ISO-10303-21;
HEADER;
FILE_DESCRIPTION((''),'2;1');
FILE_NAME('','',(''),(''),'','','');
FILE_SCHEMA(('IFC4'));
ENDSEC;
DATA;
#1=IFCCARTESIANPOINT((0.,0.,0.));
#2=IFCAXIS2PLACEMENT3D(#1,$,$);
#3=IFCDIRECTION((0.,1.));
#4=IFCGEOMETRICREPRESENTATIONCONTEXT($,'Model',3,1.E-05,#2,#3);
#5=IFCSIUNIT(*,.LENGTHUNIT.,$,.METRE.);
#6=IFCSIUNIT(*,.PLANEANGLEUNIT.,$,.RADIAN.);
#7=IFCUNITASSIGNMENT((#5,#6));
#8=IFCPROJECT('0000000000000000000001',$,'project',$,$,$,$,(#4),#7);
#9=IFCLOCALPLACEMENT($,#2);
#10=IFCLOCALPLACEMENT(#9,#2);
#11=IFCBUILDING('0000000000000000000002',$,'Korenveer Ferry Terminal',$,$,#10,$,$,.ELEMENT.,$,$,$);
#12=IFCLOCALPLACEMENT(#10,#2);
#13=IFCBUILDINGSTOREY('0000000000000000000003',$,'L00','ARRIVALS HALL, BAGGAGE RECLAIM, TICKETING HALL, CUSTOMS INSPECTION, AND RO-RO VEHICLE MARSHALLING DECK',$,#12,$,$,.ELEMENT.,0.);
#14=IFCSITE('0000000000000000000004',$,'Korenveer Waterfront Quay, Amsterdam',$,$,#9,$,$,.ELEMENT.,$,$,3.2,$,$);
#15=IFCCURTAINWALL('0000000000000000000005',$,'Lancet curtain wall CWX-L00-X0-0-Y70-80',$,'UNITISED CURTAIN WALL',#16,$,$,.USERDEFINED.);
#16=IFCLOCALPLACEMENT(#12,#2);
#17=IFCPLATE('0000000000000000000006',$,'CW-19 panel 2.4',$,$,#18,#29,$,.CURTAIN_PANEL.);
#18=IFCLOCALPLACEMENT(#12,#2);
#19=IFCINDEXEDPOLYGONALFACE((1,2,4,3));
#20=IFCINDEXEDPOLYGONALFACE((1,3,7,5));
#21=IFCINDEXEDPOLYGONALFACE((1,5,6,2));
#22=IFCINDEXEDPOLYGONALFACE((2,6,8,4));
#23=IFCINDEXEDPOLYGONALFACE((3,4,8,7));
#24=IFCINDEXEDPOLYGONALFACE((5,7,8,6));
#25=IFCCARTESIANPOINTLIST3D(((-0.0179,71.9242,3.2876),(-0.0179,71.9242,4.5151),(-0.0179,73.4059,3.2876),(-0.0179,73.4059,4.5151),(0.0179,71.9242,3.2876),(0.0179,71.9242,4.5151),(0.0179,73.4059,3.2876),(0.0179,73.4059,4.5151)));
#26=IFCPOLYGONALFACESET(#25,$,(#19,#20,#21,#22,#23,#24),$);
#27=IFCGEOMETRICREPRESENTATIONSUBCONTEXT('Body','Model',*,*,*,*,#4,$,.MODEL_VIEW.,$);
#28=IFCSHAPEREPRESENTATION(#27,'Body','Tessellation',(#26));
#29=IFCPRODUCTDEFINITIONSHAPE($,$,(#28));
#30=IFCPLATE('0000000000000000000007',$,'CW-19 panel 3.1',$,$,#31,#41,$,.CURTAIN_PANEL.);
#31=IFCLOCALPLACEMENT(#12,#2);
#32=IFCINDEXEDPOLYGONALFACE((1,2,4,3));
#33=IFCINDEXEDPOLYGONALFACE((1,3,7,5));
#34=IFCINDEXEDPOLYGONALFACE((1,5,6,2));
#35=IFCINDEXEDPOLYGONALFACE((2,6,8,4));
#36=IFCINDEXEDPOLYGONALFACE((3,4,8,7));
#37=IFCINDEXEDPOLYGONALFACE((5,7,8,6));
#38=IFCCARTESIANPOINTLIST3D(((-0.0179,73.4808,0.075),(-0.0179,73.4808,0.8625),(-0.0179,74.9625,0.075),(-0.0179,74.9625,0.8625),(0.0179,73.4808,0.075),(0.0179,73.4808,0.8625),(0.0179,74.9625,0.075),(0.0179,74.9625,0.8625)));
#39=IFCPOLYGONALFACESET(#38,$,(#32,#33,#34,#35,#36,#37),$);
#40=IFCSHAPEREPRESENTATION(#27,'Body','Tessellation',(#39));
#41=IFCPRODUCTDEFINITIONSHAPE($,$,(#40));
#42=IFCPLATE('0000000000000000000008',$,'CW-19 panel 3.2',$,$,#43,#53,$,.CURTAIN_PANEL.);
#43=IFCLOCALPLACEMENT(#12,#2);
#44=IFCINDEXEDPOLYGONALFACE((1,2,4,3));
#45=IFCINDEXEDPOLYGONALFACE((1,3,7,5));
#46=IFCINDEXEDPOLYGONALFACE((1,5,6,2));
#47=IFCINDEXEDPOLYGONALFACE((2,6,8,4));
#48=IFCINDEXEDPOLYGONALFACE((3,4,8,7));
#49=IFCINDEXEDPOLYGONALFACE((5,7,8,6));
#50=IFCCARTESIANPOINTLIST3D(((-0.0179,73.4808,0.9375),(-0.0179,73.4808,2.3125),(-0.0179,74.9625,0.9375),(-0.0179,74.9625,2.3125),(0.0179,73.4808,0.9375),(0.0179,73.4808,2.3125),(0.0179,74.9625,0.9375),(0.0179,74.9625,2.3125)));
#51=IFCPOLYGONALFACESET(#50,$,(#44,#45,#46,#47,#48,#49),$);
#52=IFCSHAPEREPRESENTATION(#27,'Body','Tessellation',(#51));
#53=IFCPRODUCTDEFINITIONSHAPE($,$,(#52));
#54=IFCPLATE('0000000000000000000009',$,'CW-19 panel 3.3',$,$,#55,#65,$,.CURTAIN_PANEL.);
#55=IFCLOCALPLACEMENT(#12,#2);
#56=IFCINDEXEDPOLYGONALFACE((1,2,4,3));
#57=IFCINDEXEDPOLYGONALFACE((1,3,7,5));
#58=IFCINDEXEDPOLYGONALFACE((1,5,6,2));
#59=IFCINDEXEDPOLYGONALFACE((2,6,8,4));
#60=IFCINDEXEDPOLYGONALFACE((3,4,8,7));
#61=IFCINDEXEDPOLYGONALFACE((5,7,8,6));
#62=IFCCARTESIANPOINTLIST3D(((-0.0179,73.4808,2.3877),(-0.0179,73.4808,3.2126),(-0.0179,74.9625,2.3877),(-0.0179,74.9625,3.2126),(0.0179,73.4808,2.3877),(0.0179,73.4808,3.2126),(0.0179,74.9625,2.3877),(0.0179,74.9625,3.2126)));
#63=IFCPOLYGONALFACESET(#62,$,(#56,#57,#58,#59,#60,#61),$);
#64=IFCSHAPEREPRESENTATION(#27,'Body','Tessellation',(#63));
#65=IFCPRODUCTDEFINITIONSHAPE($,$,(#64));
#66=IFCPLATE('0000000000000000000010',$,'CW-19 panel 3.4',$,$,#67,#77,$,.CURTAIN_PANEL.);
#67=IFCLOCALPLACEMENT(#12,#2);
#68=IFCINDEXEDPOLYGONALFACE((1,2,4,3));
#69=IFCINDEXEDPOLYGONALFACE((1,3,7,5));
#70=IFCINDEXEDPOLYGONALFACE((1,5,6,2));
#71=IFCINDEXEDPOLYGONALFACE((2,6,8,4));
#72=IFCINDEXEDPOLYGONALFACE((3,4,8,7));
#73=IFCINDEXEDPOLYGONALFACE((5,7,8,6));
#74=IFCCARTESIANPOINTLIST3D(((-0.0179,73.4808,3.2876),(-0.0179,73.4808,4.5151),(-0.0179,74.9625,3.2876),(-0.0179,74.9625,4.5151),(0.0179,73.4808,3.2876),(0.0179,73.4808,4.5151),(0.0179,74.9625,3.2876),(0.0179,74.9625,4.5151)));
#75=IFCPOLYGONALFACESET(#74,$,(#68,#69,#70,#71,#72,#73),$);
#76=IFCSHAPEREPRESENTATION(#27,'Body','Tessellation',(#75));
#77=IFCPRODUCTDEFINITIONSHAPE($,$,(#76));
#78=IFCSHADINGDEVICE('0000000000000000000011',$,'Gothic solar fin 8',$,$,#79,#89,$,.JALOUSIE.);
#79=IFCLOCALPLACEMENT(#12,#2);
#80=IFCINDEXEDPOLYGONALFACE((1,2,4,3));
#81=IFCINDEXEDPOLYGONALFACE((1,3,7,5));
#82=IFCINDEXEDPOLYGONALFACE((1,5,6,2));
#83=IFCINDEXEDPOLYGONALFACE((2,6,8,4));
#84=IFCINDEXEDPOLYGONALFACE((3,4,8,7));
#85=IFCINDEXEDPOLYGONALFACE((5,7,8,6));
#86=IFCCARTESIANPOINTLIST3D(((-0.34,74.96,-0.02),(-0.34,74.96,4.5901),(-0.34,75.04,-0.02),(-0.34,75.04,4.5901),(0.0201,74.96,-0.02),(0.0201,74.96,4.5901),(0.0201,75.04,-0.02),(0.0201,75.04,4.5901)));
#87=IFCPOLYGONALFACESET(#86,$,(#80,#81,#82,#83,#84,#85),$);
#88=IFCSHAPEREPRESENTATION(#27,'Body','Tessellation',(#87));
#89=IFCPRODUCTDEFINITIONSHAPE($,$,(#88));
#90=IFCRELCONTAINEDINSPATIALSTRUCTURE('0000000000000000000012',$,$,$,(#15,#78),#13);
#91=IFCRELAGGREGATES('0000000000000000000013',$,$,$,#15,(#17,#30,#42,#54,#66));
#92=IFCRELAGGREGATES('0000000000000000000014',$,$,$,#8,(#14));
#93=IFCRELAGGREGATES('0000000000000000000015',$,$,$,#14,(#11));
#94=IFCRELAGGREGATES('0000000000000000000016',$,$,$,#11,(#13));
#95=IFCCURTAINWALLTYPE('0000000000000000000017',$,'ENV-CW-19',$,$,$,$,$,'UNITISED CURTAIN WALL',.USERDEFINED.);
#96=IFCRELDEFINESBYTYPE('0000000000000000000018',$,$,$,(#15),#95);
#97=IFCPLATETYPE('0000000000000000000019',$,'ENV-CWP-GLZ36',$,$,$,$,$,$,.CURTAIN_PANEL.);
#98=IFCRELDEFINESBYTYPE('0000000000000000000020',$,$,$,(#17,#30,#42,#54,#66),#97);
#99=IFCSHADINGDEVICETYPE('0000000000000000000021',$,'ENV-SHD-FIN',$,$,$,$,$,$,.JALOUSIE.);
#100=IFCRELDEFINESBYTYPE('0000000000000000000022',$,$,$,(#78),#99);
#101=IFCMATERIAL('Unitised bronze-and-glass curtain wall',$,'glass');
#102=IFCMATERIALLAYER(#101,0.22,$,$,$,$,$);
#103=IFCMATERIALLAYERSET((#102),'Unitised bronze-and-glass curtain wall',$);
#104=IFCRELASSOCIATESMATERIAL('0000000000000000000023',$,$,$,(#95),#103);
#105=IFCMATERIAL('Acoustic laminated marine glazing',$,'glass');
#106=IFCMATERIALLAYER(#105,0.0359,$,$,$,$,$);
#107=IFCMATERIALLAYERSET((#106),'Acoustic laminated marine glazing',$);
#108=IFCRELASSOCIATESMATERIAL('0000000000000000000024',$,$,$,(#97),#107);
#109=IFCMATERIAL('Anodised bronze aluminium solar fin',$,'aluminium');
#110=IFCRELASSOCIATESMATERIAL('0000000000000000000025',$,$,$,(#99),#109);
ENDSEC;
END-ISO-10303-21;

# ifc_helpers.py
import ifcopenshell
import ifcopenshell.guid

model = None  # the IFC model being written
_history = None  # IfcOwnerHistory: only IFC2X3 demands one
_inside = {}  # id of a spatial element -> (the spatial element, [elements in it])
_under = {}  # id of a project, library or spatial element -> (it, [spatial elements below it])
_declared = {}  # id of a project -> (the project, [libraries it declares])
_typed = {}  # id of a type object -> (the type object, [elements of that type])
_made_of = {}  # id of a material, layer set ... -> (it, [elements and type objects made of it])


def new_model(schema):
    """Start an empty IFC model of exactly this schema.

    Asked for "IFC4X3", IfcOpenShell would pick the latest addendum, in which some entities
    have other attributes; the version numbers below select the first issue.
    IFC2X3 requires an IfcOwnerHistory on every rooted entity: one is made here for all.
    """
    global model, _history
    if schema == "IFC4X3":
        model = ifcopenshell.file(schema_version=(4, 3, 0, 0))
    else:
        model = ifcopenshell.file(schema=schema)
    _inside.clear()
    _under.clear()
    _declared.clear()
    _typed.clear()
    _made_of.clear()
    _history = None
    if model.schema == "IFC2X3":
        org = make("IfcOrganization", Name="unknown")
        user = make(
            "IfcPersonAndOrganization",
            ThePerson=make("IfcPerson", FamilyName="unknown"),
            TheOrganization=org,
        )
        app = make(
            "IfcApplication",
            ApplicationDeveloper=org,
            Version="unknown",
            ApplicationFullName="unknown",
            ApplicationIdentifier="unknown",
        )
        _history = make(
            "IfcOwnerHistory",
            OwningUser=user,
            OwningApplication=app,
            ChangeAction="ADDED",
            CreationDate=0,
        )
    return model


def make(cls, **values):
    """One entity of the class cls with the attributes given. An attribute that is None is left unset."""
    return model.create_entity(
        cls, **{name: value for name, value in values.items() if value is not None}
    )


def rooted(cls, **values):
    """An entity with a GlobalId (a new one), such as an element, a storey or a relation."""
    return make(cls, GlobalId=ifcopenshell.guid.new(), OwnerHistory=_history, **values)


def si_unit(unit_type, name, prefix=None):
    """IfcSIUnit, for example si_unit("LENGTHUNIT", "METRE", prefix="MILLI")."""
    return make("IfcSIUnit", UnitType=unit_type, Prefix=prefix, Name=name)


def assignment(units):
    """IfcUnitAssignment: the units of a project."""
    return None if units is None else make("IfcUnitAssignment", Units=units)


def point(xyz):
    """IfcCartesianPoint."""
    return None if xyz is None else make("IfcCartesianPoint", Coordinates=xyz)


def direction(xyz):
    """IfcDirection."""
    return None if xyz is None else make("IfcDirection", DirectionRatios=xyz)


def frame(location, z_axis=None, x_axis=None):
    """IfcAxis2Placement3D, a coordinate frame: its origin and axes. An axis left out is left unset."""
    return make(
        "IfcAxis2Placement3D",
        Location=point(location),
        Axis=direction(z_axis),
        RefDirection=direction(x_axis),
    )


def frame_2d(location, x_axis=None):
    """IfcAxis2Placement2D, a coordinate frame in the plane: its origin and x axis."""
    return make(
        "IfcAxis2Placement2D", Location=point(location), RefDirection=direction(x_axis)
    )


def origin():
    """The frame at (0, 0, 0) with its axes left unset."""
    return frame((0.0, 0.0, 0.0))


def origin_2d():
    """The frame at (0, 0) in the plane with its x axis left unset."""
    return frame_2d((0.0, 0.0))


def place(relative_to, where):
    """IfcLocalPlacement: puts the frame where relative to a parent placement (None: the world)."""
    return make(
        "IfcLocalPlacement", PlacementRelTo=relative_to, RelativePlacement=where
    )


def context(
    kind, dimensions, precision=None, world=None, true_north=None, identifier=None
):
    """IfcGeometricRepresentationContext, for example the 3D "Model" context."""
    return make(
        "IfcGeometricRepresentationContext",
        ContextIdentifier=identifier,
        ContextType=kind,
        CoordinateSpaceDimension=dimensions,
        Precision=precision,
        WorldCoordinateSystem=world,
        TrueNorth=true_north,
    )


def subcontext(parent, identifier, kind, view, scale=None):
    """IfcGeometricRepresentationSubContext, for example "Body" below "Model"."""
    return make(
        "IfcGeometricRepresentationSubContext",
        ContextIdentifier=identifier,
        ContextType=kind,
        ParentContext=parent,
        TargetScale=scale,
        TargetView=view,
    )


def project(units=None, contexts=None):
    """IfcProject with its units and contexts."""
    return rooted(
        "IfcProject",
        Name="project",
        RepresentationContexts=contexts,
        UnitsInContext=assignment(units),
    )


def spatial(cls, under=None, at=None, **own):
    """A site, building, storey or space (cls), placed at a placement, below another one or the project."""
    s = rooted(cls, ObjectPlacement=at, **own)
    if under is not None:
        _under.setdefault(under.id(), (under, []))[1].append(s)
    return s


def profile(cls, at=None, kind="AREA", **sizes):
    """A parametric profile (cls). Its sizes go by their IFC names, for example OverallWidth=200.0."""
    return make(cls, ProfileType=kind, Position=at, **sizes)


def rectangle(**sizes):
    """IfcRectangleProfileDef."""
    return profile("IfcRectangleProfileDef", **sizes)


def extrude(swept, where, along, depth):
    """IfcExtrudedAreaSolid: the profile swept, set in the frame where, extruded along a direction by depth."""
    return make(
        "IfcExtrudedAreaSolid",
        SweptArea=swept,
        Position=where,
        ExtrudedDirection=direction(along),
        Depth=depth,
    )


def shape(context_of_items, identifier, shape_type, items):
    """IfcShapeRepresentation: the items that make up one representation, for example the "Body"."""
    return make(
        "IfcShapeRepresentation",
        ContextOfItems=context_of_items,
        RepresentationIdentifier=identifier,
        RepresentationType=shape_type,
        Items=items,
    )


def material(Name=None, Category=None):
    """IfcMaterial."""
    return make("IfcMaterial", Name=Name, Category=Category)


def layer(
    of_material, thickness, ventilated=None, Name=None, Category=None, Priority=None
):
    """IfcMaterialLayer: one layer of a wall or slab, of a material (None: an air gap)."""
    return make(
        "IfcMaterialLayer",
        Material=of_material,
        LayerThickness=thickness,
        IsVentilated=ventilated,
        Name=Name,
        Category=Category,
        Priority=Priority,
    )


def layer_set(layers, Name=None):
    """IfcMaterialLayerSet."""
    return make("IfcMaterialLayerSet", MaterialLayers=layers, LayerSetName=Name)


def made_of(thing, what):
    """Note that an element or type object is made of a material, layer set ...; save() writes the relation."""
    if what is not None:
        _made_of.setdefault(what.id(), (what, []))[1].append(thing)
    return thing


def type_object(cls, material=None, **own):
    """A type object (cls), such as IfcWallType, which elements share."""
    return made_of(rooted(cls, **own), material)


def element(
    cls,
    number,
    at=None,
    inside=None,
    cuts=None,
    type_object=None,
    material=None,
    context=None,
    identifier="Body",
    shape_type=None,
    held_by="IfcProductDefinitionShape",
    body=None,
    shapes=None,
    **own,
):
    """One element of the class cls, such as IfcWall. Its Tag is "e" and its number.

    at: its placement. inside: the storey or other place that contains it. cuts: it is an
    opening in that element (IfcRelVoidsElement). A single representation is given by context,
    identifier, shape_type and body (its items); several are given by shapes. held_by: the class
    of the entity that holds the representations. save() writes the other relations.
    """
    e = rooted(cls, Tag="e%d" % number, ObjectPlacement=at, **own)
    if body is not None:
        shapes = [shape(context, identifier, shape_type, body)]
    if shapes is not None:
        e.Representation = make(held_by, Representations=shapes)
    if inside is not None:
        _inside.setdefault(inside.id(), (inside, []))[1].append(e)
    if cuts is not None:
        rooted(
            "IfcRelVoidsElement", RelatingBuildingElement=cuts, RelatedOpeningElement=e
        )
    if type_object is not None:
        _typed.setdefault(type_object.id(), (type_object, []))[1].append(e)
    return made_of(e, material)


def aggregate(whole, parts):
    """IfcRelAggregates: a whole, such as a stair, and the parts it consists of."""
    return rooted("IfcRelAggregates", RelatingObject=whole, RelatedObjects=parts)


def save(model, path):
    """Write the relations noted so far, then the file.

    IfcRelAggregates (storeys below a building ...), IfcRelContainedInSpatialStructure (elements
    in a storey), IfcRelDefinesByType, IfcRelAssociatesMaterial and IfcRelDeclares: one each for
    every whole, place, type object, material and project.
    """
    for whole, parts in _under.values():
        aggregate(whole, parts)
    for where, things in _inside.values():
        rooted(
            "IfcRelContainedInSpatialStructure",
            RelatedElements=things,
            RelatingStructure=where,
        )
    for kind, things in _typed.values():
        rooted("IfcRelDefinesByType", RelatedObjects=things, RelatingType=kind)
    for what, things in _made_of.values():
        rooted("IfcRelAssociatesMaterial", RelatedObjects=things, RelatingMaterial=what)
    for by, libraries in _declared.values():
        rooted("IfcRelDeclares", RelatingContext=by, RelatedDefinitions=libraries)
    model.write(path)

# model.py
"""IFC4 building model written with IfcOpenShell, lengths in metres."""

from ifc_helpers import new_model, si_unit, direction, frame, origin, origin_2d, place, context, subcontext, project, spatial, rectangle, extrude, material, layer, layer_set, type_object, element, aggregate, save


model = new_model("IFC4")

# Units and contexts
model_context = context("Model", 3, precision=1e-05, world=origin(), true_north=direction((0.0, 1.0)))
body_context = subcontext(model_context, "Body", "Model", "MODEL_VIEW")
ifc_project = project(units=[si_unit("LENGTHUNIT", "METRE"), si_unit("PLANEANGLEUNIT", "RADIAN")], contexts=[model_context])

# Site, building, storey
site_placement = place(None, origin())
site = spatial("IfcSite", under=ifc_project, at=site_placement, Name="Korenveer Waterfront Quay, Amsterdam", CompositionType="ELEMENT", RefElevation=3.2)
building_placement = place(site_placement, origin())
building = spatial("IfcBuilding", under=site, at=building_placement, Name="Korenveer Ferry Terminal", CompositionType="ELEMENT")
storey_placement = place(building_placement, origin())
storey = spatial("IfcBuildingStorey", under=building, at=storey_placement, Name="L00", Description="ARRIVALS HALL, BAGGAGE RECLAIM, TICKETING HALL, CUSTOMS INSPECTION, AND RO-RO VEHICLE MARSHALLING DECK", CompositionType="ELEMENT", Elevation=0.0)

# Curtain wall, plates
ifc_material_1 = material(Name="Unitised bronze-and-glass curtain wall", Category="glass")
ifc_layer_1 = layer(ifc_material_1, 0.22)
ifc_layer_set_1 = layer_set([ifc_layer_1], Name="Unitised bronze-and-glass curtain wall")
curtain_wall_type = type_object("IfcCurtainWallType", Name="ENV-CW-19", ElementType="UNITISED CURTAIN WALL", PredefinedType="USERDEFINED", material=ifc_layer_set_1)
curtain_wall_placement = place(storey_placement, frame((0.0, 70.3301, 0.0)))
curtain_wall = element("IfcCurtainWall", 1, at=curtain_wall_placement, inside=storey, type_object=curtain_wall_type, Name="Lancet curtain wall CWX-L00-X0-0-Y70-80", ObjectType="UNITISED CURTAIN WALL", PredefinedType="USERDEFINED")
ifc_material_2 = material(Name="Acoustic laminated marine glazing", Category="glass")
ifc_layer_2 = layer(ifc_material_2, 0.0359)
ifc_layer_set_2 = layer_set([ifc_layer_2], Name="Acoustic laminated marine glazing")
plate_type = type_object("IfcPlateType", Name="ENV-CWP-GLZ36", PredefinedType="CURTAIN_PANEL", material=ifc_layer_set_2)
plate_1_placement = place(storey_placement, frame((0.0, 72.665, 3.2876), z_axis=(0.0, 0.0, 1.0), x_axis=(0.0, 1.0, 0.0)))
plate_1 = element("IfcPlate", 2, at=plate_1_placement, type_object=plate_type, Name="CW-19 panel 2.4", PredefinedType="CURTAIN_PANEL", context=body_context, shape_type="SweptSolid", body=[
    extrude(rectangle(XDim=1.4817, YDim=0.0359, at=origin_2d()), origin(), (0.0, 0.0, 1.0), 1.2275),
])
plate_2_placement = place(storey_placement, frame((0.0, 74.2217, 0.075), z_axis=(0.0, 0.0, 1.0), x_axis=(0.0, 1.0, 0.0)))
plate_2 = element("IfcPlate", 3, at=plate_2_placement, type_object=plate_type, Name="CW-19 panel 3.1", PredefinedType="CURTAIN_PANEL", context=body_context, shape_type="SweptSolid", body=[
    extrude(rectangle(XDim=1.4817, YDim=0.0359, at=origin_2d()), origin(), (0.0, 0.0, 1.0), 0.7876),
])
plate_3_placement = place(storey_placement, frame((0.0, 74.2217, 0.9375), z_axis=(0.0, 0.0, 1.0), x_axis=(0.0, 1.0, 0.0)))
plate_3 = element("IfcPlate", 4, at=plate_3_placement, type_object=plate_type, Name="CW-19 panel 3.2", PredefinedType="CURTAIN_PANEL", context=body_context, shape_type="SweptSolid", body=[
    extrude(rectangle(XDim=1.4817, YDim=0.0359, at=origin_2d()), origin(), (0.0, 0.0, 1.0), 1.375),
])
plate_4_placement = place(storey_placement, frame((0.0, 74.2217, 2.3877), z_axis=(0.0, 0.0, 1.0), x_axis=(0.0, 1.0, 0.0)))
plate_4 = element("IfcPlate", 5, at=plate_4_placement, type_object=plate_type, Name="CW-19 panel 3.3", PredefinedType="CURTAIN_PANEL", context=body_context, shape_type="SweptSolid", body=[
    extrude(rectangle(XDim=1.4817, YDim=0.0359, at=origin_2d()), origin(), (0.0, 0.0, 1.0), 0.825),
])
plate_5_placement = place(storey_placement, frame((0.0, 74.2217, 3.2876), z_axis=(0.0, 0.0, 1.0), x_axis=(0.0, 1.0, 0.0)))
plate_5 = element("IfcPlate", 6, at=plate_5_placement, type_object=plate_type, Name="CW-19 panel 3.4", PredefinedType="CURTAIN_PANEL", context=body_context, shape_type="SweptSolid", body=[
    extrude(rectangle(XDim=1.4817, YDim=0.0359, at=origin_2d()), origin(), (0.0, 0.0, 1.0), 1.2275),
])
aggregate(curtain_wall, [plate_1, plate_2, plate_3, plate_4, plate_5])

# Shading device
ifc_material_3 = material(Name="Anodised bronze aluminium solar fin", Category="aluminium")
shading_device_type = type_object("IfcShadingDeviceType", Name="ENV-SHD-FIN", PredefinedType="JALOUSIE", material=ifc_material_3)
shading_device_placement = place(storey_placement, frame((-0.1599, 75.0, -0.02), z_axis=(0.0, 0.0, 1.0), x_axis=(1.0, 0.0, 0.0)))
element("IfcShadingDevice", 7, at=shading_device_placement, inside=storey, type_object=shading_device_type, Name="Gothic solar fin 8", PredefinedType="JALOUSIE", context=body_context, shape_type="SweptSolid", body=[
    extrude(rectangle(XDim=0.3601, YDim=0.0801, at=origin_2d()), origin(), (0.0, 0.0, 1.0), 4.6101),
])

save(model, "model.ifc")
